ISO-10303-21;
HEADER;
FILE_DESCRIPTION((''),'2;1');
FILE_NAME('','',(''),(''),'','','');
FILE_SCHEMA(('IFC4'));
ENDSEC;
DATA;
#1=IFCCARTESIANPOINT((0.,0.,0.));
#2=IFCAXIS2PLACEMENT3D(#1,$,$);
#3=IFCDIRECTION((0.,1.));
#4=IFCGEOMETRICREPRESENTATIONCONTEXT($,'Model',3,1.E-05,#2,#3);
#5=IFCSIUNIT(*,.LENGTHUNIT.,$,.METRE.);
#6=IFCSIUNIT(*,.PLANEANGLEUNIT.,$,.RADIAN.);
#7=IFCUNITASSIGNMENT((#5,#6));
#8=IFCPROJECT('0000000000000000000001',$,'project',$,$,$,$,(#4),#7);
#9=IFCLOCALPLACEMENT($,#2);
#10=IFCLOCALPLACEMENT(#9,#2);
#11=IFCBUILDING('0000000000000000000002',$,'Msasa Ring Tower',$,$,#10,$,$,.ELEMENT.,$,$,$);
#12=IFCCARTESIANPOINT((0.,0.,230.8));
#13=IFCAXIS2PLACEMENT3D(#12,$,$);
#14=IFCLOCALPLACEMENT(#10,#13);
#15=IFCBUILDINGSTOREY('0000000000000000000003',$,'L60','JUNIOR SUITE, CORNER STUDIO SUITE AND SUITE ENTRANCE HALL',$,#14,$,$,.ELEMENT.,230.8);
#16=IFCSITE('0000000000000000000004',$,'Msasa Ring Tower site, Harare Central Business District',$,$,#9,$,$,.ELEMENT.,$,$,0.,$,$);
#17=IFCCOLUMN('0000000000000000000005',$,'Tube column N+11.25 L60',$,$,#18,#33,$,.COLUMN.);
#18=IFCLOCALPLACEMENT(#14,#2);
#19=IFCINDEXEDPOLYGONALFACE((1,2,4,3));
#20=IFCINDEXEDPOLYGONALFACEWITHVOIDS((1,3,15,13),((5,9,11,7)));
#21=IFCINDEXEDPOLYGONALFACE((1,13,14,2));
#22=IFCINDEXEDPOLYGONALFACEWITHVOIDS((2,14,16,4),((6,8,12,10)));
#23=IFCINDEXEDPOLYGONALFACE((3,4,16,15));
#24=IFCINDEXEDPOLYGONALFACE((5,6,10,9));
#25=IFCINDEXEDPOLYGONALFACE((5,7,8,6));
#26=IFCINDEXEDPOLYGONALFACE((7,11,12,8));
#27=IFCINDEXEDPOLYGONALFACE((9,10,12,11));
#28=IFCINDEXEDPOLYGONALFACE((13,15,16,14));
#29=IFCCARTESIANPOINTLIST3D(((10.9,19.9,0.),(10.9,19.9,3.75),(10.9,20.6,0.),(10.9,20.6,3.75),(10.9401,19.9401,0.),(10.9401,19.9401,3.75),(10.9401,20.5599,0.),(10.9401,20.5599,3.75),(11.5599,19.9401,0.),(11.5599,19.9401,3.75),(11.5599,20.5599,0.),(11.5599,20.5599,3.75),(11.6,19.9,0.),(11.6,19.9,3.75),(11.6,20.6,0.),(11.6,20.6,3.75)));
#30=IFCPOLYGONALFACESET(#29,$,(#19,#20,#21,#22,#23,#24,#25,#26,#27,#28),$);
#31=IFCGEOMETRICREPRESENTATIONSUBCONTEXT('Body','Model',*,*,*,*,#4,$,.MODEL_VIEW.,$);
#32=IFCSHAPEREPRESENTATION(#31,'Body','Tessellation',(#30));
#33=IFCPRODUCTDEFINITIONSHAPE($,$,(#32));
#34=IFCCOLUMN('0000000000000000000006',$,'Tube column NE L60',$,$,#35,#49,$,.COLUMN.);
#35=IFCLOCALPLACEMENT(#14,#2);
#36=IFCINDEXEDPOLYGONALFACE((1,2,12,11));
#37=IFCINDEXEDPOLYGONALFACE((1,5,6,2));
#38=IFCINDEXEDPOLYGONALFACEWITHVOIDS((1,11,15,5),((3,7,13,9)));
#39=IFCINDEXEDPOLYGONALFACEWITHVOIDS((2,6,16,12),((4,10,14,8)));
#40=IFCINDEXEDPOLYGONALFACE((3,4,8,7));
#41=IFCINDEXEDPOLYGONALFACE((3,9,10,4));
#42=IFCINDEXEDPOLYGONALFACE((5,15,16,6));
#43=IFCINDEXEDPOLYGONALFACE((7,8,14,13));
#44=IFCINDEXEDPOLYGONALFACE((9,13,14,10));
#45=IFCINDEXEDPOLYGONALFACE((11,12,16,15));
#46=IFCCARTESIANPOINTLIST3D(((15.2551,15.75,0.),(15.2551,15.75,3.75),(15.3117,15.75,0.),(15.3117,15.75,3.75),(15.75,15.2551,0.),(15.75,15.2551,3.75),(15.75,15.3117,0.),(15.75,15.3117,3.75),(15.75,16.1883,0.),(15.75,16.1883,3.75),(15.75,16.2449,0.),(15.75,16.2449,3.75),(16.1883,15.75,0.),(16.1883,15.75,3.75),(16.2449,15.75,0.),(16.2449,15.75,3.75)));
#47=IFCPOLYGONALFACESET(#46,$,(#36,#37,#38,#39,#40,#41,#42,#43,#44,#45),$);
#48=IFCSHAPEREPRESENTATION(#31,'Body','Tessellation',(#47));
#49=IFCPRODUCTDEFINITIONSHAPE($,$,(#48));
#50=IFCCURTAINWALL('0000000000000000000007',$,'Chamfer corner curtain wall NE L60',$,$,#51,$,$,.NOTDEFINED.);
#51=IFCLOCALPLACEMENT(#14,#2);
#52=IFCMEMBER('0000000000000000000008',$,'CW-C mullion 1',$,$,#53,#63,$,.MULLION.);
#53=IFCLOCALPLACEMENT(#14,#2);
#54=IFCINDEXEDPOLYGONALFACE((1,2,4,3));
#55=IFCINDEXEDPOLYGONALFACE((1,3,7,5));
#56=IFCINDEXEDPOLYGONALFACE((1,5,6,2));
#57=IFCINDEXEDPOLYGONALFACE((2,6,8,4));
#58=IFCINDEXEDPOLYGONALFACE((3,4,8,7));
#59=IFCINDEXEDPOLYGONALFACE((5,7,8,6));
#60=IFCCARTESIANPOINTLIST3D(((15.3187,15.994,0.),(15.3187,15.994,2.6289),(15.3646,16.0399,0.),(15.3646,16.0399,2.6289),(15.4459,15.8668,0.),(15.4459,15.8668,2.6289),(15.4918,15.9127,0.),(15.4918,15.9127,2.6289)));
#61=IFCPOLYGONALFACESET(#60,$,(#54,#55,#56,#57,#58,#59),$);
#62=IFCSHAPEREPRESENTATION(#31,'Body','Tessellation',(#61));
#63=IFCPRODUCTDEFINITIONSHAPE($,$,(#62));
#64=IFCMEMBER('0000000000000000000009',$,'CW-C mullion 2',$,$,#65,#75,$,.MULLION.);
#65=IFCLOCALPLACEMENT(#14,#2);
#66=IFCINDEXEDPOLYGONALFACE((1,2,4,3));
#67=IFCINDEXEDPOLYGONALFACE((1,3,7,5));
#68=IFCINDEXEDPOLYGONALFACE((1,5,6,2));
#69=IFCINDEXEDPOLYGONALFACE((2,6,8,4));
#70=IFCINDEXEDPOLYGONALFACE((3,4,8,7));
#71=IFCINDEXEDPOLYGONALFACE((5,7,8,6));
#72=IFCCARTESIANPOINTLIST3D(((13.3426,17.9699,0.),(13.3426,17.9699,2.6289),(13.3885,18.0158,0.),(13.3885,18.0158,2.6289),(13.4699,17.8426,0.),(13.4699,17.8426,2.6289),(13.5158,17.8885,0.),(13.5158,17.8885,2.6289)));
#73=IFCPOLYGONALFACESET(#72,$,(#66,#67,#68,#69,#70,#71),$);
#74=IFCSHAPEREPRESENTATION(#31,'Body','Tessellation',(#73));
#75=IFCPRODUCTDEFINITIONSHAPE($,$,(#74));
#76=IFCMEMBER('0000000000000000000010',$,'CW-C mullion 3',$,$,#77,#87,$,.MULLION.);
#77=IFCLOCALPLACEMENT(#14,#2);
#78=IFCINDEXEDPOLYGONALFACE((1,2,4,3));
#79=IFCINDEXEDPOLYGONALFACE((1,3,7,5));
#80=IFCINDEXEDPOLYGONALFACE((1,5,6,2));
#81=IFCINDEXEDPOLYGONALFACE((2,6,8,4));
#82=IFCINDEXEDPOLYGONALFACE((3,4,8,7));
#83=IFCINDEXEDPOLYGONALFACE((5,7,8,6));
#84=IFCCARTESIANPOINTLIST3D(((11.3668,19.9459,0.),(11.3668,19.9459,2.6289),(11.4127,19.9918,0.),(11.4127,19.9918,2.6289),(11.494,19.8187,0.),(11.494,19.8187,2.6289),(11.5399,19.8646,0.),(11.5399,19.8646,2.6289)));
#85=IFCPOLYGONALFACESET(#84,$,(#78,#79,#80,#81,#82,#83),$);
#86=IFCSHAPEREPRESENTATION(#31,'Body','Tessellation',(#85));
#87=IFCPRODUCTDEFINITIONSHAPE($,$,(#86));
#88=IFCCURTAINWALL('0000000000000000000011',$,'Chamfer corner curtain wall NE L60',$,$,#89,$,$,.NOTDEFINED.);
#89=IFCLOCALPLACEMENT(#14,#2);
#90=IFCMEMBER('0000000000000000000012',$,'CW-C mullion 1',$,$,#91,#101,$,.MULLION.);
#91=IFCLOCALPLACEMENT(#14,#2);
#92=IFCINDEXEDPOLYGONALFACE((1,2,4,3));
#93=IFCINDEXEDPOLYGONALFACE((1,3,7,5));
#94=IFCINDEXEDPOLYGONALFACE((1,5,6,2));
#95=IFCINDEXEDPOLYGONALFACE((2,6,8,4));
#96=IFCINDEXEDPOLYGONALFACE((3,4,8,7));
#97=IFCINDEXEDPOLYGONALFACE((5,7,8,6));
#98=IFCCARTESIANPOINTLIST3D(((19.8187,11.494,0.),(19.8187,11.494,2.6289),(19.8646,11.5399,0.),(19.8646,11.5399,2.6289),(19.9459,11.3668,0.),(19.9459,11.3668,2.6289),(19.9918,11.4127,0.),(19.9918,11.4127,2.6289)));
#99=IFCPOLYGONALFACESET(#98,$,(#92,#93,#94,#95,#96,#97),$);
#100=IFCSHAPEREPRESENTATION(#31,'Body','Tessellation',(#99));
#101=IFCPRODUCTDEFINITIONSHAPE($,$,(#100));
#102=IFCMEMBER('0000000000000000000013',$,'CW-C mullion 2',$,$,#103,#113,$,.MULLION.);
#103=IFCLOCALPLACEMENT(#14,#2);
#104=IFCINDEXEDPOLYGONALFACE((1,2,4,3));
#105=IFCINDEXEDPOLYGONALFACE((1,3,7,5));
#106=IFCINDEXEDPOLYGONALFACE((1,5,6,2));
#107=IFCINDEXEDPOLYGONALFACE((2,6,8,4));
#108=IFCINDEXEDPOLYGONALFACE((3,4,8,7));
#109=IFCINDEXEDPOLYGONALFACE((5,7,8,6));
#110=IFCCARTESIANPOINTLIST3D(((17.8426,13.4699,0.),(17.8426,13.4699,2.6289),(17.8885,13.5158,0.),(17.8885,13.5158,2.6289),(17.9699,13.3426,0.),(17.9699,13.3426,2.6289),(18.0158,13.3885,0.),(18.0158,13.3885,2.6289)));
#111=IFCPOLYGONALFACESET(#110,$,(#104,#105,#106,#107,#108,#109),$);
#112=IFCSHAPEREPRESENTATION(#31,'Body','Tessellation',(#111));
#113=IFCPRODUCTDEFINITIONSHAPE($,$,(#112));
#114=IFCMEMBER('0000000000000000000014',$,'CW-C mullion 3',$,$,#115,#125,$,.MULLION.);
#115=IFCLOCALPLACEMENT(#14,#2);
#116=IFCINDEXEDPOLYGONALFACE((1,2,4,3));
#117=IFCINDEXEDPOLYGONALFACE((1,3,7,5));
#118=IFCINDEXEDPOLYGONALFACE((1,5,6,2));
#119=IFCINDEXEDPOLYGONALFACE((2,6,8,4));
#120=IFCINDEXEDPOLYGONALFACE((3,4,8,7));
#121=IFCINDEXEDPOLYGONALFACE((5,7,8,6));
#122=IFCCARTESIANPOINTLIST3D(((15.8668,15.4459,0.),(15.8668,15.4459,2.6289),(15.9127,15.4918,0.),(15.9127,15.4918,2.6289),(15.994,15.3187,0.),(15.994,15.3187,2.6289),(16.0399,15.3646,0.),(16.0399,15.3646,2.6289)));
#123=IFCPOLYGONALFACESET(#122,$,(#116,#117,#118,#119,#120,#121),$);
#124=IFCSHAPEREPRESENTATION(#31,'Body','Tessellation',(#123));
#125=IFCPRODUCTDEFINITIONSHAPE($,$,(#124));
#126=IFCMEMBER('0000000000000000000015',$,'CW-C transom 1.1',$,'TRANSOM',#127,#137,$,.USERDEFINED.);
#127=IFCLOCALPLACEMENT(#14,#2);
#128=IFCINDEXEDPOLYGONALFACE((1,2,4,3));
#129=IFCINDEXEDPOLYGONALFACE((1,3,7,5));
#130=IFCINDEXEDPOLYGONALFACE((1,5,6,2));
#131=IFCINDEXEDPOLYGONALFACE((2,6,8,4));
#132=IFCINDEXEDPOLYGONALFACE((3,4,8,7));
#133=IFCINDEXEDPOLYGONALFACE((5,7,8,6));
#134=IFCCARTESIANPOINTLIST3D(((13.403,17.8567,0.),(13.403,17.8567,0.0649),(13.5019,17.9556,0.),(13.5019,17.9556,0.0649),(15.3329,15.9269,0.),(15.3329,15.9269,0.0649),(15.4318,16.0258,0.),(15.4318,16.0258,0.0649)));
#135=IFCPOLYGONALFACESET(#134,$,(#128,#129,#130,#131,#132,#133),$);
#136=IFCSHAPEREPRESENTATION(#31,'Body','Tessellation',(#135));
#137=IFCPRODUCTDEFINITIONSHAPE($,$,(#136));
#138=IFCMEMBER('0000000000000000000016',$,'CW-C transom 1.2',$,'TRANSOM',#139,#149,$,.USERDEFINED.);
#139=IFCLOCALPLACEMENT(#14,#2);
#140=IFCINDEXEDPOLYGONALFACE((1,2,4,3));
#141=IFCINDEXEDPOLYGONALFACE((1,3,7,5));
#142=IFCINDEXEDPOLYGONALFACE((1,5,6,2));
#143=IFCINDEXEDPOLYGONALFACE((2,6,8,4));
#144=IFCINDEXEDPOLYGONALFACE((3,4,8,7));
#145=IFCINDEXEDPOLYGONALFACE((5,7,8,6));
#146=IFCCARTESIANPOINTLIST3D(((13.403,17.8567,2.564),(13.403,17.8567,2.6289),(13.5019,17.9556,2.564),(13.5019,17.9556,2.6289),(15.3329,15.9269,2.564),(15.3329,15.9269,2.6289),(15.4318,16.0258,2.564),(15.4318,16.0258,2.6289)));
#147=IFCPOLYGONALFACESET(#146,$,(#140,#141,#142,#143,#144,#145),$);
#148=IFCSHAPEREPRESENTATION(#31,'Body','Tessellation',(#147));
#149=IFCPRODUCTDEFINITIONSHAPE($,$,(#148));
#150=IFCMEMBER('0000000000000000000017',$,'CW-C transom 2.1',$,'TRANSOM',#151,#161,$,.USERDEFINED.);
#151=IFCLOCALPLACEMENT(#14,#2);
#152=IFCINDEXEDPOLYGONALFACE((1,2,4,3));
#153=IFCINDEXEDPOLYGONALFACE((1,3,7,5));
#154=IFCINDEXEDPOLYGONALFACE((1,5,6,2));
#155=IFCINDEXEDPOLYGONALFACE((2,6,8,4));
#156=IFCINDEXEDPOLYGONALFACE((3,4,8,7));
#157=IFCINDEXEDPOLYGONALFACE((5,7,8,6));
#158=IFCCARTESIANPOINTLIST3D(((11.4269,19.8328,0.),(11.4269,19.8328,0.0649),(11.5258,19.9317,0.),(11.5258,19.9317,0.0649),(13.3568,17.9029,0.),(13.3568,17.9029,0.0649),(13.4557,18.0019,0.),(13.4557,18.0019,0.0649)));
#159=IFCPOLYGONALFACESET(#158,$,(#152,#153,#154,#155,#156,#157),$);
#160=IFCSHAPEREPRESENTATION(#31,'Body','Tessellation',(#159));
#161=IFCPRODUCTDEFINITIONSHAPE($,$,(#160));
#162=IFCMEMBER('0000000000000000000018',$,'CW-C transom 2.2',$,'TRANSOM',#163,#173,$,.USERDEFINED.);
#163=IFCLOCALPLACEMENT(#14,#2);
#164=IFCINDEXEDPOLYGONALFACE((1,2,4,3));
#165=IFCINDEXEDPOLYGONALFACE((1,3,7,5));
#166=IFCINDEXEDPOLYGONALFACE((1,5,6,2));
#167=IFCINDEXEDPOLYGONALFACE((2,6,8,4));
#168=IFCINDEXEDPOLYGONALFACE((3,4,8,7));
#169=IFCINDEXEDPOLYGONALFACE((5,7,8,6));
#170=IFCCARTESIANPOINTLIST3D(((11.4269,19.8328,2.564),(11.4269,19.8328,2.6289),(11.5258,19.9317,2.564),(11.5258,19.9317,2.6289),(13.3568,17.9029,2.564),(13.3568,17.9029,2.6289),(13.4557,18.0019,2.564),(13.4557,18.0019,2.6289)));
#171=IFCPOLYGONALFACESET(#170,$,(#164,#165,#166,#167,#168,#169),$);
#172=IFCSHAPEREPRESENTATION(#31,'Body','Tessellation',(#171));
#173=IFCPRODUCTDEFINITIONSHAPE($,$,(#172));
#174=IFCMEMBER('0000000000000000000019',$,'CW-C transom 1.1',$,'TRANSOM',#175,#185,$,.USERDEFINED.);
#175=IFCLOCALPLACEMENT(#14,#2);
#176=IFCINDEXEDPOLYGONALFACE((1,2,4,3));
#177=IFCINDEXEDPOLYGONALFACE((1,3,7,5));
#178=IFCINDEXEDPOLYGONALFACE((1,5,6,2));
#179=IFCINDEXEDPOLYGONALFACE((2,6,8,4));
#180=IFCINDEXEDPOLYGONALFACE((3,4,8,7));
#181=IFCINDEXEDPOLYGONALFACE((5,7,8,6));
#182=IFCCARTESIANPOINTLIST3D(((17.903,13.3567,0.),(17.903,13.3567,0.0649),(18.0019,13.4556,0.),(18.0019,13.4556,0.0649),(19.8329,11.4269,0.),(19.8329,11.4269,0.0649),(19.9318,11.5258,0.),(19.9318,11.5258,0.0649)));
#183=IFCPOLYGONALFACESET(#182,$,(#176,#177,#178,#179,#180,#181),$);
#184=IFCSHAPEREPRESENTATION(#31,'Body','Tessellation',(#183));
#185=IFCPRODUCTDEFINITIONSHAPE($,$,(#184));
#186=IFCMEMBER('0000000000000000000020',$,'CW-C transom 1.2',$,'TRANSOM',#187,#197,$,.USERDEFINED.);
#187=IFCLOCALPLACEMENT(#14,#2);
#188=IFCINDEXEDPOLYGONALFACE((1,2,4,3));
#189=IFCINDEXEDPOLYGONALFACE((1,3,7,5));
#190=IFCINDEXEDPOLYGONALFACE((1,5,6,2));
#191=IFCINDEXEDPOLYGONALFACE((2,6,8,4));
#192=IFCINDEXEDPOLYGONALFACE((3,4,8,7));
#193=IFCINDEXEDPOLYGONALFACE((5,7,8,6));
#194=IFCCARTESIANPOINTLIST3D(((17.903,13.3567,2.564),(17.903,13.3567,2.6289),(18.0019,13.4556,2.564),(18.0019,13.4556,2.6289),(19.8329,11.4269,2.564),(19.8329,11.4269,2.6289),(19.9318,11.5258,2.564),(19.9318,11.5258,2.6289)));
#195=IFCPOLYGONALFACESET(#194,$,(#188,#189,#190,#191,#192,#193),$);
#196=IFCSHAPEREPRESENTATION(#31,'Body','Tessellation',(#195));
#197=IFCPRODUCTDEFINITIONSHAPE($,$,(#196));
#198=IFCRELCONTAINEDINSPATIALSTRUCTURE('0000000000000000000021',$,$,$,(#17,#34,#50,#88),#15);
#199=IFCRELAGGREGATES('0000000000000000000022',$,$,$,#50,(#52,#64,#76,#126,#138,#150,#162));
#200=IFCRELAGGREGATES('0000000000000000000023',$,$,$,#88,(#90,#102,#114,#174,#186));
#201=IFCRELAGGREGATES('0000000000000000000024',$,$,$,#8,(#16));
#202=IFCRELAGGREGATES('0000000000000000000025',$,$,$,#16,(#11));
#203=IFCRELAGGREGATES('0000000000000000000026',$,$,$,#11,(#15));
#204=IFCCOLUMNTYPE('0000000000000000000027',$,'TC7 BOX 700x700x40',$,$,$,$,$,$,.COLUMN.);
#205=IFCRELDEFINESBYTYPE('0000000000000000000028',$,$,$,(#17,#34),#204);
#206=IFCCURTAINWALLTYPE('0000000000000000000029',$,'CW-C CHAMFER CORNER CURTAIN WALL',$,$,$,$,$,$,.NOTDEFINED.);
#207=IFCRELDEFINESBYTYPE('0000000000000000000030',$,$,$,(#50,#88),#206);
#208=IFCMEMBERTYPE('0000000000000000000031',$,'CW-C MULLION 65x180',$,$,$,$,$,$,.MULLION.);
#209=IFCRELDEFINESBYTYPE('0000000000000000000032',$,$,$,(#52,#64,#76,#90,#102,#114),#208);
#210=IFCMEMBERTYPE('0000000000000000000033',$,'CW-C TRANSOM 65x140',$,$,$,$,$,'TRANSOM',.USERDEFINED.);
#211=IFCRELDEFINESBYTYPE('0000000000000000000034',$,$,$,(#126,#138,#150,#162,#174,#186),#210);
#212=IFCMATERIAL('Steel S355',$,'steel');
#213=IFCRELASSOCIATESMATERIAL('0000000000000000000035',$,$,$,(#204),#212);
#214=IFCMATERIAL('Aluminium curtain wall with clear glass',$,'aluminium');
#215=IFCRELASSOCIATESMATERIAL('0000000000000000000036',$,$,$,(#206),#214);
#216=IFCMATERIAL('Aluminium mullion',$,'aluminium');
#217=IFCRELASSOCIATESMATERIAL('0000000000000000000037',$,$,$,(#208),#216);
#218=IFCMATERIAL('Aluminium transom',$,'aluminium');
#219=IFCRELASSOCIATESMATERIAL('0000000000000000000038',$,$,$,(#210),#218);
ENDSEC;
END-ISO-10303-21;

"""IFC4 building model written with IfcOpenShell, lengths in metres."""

from ifc_helpers import new_model, si_unit, direction, frame, origin, origin_2d, place, context, subcontext, project, spatial, rectangle, hollow_rectangle, extrude, material, material_profile, profile_set, type_object, element, aggregate, save


model = new_model("IFC4")

# Units and contexts
model_context = context("Model", 3, precision=1e-05, world=origin(), true_north=direction((0.0, 1.0)))
body_context = subcontext(model_context, "Body", "Model", "MODEL_VIEW")
ifc_project = project(units=[si_unit("LENGTHUNIT", "METRE"), si_unit("PLANEANGLEUNIT", "RADIAN")], contexts=[model_context])

# Site, building, storey
site_placement = place(None, origin())
site = spatial("IfcSite", under=ifc_project, at=site_placement, Name="Msasa Ring Tower site, Harare Central Business District", CompositionType="ELEMENT", RefElevation=0.0)
building_placement = place(site_placement, origin())
building = spatial("IfcBuilding", under=site, at=building_placement, Name="Msasa Ring Tower", CompositionType="ELEMENT")
storey_placement = place(building_placement, frame((0.0, 0.0, 230.8)))
storey = spatial("IfcBuildingStorey", under=building, at=storey_placement, Name="L60", Description="JUNIOR SUITE, CORNER STUDIO SUITE AND SUITE ENTRANCE HALL", CompositionType="ELEMENT", Elevation=230.8)

# Columns
ifc_material_1 = material(Name="Steel S355", Category="steel")
ifc_material_profile_1 = material_profile(ifc_material_1, hollow_rectangle(XDim=0.7, YDim=0.7, WallThickness=0.04, at=origin_2d()), Name="BOX 700x700x40")
ifc_profile_set_1 = profile_set([ifc_material_profile_1], Name="Steel S355")
column_type = type_object("IfcColumnType", Name="TC7 BOX 700x700x40", PredefinedType="COLUMN", material=ifc_profile_set_1)
for number, where, z_axis, x_axis, name in (
    (1, (11.25, 20.25, 0.0), (0.0, 0.0, 1.0), (0.0, 1.0, 0.0), "Tube column N+11.25 L60"),
    (2, (15.75, 15.75, 0.0), (0.0, 0.0, 1.0), (0.707107, 0.707107, 0.0), "Tube column NE L60"),
):
    element("IfcColumn", number, at=place(storey_placement, frame(where, z_axis=z_axis, x_axis=x_axis)), inside=storey, type_object=column_type, Name=name, PredefinedType="COLUMN", context=body_context, shape_type="SweptSolid", body=[
        extrude(hollow_rectangle(XDim=0.7, YDim=0.7, WallThickness=0.04, at=origin_2d()), origin(), (0.0, 0.0, 1.0), 3.75),
    ])

# Curtain walls, members
ifc_material_2 = material(Name="Aluminium curtain wall with clear glass", Category="aluminium")
curtain_wall_type = type_object("IfcCurtainWallType", Name="CW-C CHAMFER CORNER CURTAIN WALL", PredefinedType="NOTDEFINED", material=ifc_material_2)
curtain_wall_1_placement = place(storey_placement, origin())
curtain_wall_1 = element("IfcCurtainWall", 3, at=curtain_wall_1_placement, inside=storey, type_object=curtain_wall_type, Name="Chamfer corner curtain wall NE L60", PredefinedType="NOTDEFINED")
ifc_material_3 = material(Name="Aluminium mullion", Category="aluminium")
ifc_material_profile_2 = material_profile(ifc_material_3, rectangle(XDim=0.0649, YDim=0.1799, at=origin_2d()), Name="AL 65x180")
ifc_profile_set_2 = profile_set([ifc_material_profile_2], Name="Aluminium mullion")
member_type_1 = type_object("IfcMemberType", Name="CW-C MULLION 65x180", PredefinedType="MULLION", material=ifc_profile_set_2)
member_1_placement = place(storey_placement, frame((15.4053, 15.9534, 0.0), z_axis=(0.0, 0.0, 1.0), x_axis=(-0.707107, -0.707107, 0.0)))
member_1 = element("IfcMember", 4, at=member_1_placement, type_object=member_type_1, Name="CW-C mullion 1", PredefinedType="MULLION", context=body_context, shape_type="SweptSolid", body=[
    extrude(rectangle(XDim=0.0649, YDim=0.1799, at=origin_2d()), origin(), (0.0, 0.0, 1.0), 2.6289),
])
member_2_placement = place(storey_placement, frame((13.4292, 17.9292, 0.0), z_axis=(0.0, 0.0, 1.0), x_axis=(-0.707107, -0.707107, 0.0)))
member_2 = element("IfcMember", 5, at=member_2_placement, type_object=member_type_1, Name="CW-C mullion 2", PredefinedType="MULLION", context=body_context, shape_type="SweptSolid", body=[
    extrude(rectangle(XDim=0.0649, YDim=0.1799, at=origin_2d()), origin(), (0.0, 0.0, 1.0), 2.6289),
])
member_3_placement = place(storey_placement, frame((11.4534, 19.9053, 0.0), z_axis=(0.0, 0.0, 1.0), x_axis=(-0.707107, -0.707107, 0.0)))
member_3 = element("IfcMember", 6, at=member_3_placement, type_object=member_type_1, Name="CW-C mullion 3", PredefinedType="MULLION", context=body_context, shape_type="SweptSolid", body=[
    extrude(rectangle(XDim=0.0649, YDim=0.1799, at=origin_2d()), origin(), (0.0, 0.0, 1.0), 2.6289),
])
curtain_wall_2_placement = place(storey_placement, origin())
curtain_wall_2 = element("IfcCurtainWall", 7, at=curtain_wall_2_placement, inside=storey, type_object=curtain_wall_type, Name="Chamfer corner curtain wall NE L60", PredefinedType="NOTDEFINED")
member_4_placement = place(storey_placement, frame((19.9053, 11.4534, 0.0), z_axis=(0.0, 0.0, 1.0), x_axis=(-0.707107, -0.707107, 0.0)))
member_4 = element("IfcMember", 8, at=member_4_placement, type_object=member_type_1, Name="CW-C mullion 1", PredefinedType="MULLION", context=body_context, shape_type="SweptSolid", body=[
    extrude(rectangle(XDim=0.0649, YDim=0.1799, at=origin_2d()), origin(), (0.0, 0.0, 1.0), 2.6289),
])
member_5_placement = place(storey_placement, frame((17.9292, 13.4292, 0.0), z_axis=(0.0, 0.0, 1.0), x_axis=(-0.707107, -0.707107, 0.0)))
member_5 = element("IfcMember", 9, at=member_5_placement, type_object=member_type_1, Name="CW-C mullion 2", PredefinedType="MULLION", context=body_context, shape_type="SweptSolid", body=[
    extrude(rectangle(XDim=0.0649, YDim=0.1799, at=origin_2d()), origin(), (0.0, 0.0, 1.0), 2.6289),
])
member_6_placement = place(storey_placement, frame((15.9534, 15.4053, 0.0), z_axis=(0.0, 0.0, 1.0), x_axis=(-0.707107, -0.707107, 0.0)))
member_6 = element("IfcMember", 10, at=member_6_placement, type_object=member_type_1, Name="CW-C mullion 3", PredefinedType="MULLION", context=body_context, shape_type="SweptSolid", body=[
    extrude(rectangle(XDim=0.0649, YDim=0.1799, at=origin_2d()), origin(), (0.0, 0.0, 1.0), 2.6289),
])

# Members
ifc_material_4 = material(Name="Aluminium transom", Category="aluminium")
ifc_material_profile_3 = material_profile(ifc_material_4, rectangle(XDim=0.1399, YDim=0.0649, at=origin_2d()), Name="AL 65x140")
ifc_profile_set_3 = profile_set([ifc_material_profile_3], Name="Aluminium transom")
member_type_2 = type_object("IfcMemberType", Name="CW-C TRANSOM 65x140", ElementType="TRANSOM", PredefinedType="USERDEFINED", material=ifc_profile_set_3)
member_7_placement = place(storey_placement, frame((15.3823, 15.9763, 0.0325), z_axis=(-0.707107, 0.707107, 0.0), x_axis=(-0.707107, -0.707107, 0.0)))
member_7 = element("IfcMember", 11, at=member_7_placement, type_object=member_type_2, Name="CW-C transom 1.1", ObjectType="TRANSOM", PredefinedType="USERDEFINED", context=body_context, shape_type="SweptSolid", body=[
    extrude(rectangle(XDim=0.1399, YDim=0.0649, at=origin_2d()), origin(), (0.0, 0.0, 1.0), 2.7292),
])
member_8_placement = place(storey_placement, frame((15.3823, 15.9763, 2.5964), z_axis=(-0.707107, 0.707107, 0.0), x_axis=(-0.707107, -0.707107, 0.0)))
member_8 = element("IfcMember", 12, at=member_8_placement, type_object=member_type_2, Name="CW-C transom 1.2", ObjectType="TRANSOM", PredefinedType="USERDEFINED", context=body_context, shape_type="SweptSolid", body=[
    extrude(rectangle(XDim=0.1399, YDim=0.0649, at=origin_2d()), origin(), (0.0, 0.0, 1.0), 2.7292),
])
member_9_placement = place(storey_placement, frame((13.4062, 17.9524, 0.0325), z_axis=(-0.707107, 0.707107, 0.0), x_axis=(-0.707107, -0.707107, 0.0)))
member_9 = element("IfcMember", 13, at=member_9_placement, type_object=member_type_2, Name="CW-C transom 2.1", ObjectType="TRANSOM", PredefinedType="USERDEFINED", context=body_context, shape_type="SweptSolid", body=[
    extrude(rectangle(XDim=0.1399, YDim=0.0649, at=origin_2d()), origin(), (0.0, 0.0, 1.0), 2.7292),
])
member_10_placement = place(storey_placement, frame((13.4062, 17.9524, 2.5964), z_axis=(-0.707107, 0.707107, 0.0), x_axis=(-0.707107, -0.707107, 0.0)))
member_10 = element("IfcMember", 14, at=member_10_placement, type_object=member_type_2, Name="CW-C transom 2.2", ObjectType="TRANSOM", PredefinedType="USERDEFINED", context=body_context, shape_type="SweptSolid", body=[
    extrude(rectangle(XDim=0.1399, YDim=0.0649, at=origin_2d()), origin(), (0.0, 0.0, 1.0), 2.7292),
])
member_11_placement = place(storey_placement, frame((19.8823, 11.4763, 0.0325), z_axis=(-0.707107, 0.707107, 0.0), x_axis=(-0.707107, -0.707107, 0.0)))
member_11 = element("IfcMember", 15, at=member_11_placement, type_object=member_type_2, Name="CW-C transom 1.1", ObjectType="TRANSOM", PredefinedType="USERDEFINED", context=body_context, shape_type="SweptSolid", body=[
    extrude(rectangle(XDim=0.1399, YDim=0.0649, at=origin_2d()), origin(), (0.0, 0.0, 1.0), 2.7292),
])
member_12_placement = place(storey_placement, frame((19.8823, 11.4763, 2.5964), z_axis=(-0.707107, 0.707107, 0.0), x_axis=(-0.707107, -0.707107, 0.0)))
member_12 = element("IfcMember", 16, at=member_12_placement, type_object=member_type_2, Name="CW-C transom 1.2", ObjectType="TRANSOM", PredefinedType="USERDEFINED", context=body_context, shape_type="SweptSolid", body=[
    extrude(rectangle(XDim=0.1399, YDim=0.0649, at=origin_2d()), origin(), (0.0, 0.0, 1.0), 2.7292),
])

aggregate(curtain_wall_1, [member_1, member_2, member_3, member_7, member_8, member_9, member_10])
aggregate(curtain_wall_2, [member_4, member_5, member_6, member_11, member_12])

save(model, "model.ifc")
